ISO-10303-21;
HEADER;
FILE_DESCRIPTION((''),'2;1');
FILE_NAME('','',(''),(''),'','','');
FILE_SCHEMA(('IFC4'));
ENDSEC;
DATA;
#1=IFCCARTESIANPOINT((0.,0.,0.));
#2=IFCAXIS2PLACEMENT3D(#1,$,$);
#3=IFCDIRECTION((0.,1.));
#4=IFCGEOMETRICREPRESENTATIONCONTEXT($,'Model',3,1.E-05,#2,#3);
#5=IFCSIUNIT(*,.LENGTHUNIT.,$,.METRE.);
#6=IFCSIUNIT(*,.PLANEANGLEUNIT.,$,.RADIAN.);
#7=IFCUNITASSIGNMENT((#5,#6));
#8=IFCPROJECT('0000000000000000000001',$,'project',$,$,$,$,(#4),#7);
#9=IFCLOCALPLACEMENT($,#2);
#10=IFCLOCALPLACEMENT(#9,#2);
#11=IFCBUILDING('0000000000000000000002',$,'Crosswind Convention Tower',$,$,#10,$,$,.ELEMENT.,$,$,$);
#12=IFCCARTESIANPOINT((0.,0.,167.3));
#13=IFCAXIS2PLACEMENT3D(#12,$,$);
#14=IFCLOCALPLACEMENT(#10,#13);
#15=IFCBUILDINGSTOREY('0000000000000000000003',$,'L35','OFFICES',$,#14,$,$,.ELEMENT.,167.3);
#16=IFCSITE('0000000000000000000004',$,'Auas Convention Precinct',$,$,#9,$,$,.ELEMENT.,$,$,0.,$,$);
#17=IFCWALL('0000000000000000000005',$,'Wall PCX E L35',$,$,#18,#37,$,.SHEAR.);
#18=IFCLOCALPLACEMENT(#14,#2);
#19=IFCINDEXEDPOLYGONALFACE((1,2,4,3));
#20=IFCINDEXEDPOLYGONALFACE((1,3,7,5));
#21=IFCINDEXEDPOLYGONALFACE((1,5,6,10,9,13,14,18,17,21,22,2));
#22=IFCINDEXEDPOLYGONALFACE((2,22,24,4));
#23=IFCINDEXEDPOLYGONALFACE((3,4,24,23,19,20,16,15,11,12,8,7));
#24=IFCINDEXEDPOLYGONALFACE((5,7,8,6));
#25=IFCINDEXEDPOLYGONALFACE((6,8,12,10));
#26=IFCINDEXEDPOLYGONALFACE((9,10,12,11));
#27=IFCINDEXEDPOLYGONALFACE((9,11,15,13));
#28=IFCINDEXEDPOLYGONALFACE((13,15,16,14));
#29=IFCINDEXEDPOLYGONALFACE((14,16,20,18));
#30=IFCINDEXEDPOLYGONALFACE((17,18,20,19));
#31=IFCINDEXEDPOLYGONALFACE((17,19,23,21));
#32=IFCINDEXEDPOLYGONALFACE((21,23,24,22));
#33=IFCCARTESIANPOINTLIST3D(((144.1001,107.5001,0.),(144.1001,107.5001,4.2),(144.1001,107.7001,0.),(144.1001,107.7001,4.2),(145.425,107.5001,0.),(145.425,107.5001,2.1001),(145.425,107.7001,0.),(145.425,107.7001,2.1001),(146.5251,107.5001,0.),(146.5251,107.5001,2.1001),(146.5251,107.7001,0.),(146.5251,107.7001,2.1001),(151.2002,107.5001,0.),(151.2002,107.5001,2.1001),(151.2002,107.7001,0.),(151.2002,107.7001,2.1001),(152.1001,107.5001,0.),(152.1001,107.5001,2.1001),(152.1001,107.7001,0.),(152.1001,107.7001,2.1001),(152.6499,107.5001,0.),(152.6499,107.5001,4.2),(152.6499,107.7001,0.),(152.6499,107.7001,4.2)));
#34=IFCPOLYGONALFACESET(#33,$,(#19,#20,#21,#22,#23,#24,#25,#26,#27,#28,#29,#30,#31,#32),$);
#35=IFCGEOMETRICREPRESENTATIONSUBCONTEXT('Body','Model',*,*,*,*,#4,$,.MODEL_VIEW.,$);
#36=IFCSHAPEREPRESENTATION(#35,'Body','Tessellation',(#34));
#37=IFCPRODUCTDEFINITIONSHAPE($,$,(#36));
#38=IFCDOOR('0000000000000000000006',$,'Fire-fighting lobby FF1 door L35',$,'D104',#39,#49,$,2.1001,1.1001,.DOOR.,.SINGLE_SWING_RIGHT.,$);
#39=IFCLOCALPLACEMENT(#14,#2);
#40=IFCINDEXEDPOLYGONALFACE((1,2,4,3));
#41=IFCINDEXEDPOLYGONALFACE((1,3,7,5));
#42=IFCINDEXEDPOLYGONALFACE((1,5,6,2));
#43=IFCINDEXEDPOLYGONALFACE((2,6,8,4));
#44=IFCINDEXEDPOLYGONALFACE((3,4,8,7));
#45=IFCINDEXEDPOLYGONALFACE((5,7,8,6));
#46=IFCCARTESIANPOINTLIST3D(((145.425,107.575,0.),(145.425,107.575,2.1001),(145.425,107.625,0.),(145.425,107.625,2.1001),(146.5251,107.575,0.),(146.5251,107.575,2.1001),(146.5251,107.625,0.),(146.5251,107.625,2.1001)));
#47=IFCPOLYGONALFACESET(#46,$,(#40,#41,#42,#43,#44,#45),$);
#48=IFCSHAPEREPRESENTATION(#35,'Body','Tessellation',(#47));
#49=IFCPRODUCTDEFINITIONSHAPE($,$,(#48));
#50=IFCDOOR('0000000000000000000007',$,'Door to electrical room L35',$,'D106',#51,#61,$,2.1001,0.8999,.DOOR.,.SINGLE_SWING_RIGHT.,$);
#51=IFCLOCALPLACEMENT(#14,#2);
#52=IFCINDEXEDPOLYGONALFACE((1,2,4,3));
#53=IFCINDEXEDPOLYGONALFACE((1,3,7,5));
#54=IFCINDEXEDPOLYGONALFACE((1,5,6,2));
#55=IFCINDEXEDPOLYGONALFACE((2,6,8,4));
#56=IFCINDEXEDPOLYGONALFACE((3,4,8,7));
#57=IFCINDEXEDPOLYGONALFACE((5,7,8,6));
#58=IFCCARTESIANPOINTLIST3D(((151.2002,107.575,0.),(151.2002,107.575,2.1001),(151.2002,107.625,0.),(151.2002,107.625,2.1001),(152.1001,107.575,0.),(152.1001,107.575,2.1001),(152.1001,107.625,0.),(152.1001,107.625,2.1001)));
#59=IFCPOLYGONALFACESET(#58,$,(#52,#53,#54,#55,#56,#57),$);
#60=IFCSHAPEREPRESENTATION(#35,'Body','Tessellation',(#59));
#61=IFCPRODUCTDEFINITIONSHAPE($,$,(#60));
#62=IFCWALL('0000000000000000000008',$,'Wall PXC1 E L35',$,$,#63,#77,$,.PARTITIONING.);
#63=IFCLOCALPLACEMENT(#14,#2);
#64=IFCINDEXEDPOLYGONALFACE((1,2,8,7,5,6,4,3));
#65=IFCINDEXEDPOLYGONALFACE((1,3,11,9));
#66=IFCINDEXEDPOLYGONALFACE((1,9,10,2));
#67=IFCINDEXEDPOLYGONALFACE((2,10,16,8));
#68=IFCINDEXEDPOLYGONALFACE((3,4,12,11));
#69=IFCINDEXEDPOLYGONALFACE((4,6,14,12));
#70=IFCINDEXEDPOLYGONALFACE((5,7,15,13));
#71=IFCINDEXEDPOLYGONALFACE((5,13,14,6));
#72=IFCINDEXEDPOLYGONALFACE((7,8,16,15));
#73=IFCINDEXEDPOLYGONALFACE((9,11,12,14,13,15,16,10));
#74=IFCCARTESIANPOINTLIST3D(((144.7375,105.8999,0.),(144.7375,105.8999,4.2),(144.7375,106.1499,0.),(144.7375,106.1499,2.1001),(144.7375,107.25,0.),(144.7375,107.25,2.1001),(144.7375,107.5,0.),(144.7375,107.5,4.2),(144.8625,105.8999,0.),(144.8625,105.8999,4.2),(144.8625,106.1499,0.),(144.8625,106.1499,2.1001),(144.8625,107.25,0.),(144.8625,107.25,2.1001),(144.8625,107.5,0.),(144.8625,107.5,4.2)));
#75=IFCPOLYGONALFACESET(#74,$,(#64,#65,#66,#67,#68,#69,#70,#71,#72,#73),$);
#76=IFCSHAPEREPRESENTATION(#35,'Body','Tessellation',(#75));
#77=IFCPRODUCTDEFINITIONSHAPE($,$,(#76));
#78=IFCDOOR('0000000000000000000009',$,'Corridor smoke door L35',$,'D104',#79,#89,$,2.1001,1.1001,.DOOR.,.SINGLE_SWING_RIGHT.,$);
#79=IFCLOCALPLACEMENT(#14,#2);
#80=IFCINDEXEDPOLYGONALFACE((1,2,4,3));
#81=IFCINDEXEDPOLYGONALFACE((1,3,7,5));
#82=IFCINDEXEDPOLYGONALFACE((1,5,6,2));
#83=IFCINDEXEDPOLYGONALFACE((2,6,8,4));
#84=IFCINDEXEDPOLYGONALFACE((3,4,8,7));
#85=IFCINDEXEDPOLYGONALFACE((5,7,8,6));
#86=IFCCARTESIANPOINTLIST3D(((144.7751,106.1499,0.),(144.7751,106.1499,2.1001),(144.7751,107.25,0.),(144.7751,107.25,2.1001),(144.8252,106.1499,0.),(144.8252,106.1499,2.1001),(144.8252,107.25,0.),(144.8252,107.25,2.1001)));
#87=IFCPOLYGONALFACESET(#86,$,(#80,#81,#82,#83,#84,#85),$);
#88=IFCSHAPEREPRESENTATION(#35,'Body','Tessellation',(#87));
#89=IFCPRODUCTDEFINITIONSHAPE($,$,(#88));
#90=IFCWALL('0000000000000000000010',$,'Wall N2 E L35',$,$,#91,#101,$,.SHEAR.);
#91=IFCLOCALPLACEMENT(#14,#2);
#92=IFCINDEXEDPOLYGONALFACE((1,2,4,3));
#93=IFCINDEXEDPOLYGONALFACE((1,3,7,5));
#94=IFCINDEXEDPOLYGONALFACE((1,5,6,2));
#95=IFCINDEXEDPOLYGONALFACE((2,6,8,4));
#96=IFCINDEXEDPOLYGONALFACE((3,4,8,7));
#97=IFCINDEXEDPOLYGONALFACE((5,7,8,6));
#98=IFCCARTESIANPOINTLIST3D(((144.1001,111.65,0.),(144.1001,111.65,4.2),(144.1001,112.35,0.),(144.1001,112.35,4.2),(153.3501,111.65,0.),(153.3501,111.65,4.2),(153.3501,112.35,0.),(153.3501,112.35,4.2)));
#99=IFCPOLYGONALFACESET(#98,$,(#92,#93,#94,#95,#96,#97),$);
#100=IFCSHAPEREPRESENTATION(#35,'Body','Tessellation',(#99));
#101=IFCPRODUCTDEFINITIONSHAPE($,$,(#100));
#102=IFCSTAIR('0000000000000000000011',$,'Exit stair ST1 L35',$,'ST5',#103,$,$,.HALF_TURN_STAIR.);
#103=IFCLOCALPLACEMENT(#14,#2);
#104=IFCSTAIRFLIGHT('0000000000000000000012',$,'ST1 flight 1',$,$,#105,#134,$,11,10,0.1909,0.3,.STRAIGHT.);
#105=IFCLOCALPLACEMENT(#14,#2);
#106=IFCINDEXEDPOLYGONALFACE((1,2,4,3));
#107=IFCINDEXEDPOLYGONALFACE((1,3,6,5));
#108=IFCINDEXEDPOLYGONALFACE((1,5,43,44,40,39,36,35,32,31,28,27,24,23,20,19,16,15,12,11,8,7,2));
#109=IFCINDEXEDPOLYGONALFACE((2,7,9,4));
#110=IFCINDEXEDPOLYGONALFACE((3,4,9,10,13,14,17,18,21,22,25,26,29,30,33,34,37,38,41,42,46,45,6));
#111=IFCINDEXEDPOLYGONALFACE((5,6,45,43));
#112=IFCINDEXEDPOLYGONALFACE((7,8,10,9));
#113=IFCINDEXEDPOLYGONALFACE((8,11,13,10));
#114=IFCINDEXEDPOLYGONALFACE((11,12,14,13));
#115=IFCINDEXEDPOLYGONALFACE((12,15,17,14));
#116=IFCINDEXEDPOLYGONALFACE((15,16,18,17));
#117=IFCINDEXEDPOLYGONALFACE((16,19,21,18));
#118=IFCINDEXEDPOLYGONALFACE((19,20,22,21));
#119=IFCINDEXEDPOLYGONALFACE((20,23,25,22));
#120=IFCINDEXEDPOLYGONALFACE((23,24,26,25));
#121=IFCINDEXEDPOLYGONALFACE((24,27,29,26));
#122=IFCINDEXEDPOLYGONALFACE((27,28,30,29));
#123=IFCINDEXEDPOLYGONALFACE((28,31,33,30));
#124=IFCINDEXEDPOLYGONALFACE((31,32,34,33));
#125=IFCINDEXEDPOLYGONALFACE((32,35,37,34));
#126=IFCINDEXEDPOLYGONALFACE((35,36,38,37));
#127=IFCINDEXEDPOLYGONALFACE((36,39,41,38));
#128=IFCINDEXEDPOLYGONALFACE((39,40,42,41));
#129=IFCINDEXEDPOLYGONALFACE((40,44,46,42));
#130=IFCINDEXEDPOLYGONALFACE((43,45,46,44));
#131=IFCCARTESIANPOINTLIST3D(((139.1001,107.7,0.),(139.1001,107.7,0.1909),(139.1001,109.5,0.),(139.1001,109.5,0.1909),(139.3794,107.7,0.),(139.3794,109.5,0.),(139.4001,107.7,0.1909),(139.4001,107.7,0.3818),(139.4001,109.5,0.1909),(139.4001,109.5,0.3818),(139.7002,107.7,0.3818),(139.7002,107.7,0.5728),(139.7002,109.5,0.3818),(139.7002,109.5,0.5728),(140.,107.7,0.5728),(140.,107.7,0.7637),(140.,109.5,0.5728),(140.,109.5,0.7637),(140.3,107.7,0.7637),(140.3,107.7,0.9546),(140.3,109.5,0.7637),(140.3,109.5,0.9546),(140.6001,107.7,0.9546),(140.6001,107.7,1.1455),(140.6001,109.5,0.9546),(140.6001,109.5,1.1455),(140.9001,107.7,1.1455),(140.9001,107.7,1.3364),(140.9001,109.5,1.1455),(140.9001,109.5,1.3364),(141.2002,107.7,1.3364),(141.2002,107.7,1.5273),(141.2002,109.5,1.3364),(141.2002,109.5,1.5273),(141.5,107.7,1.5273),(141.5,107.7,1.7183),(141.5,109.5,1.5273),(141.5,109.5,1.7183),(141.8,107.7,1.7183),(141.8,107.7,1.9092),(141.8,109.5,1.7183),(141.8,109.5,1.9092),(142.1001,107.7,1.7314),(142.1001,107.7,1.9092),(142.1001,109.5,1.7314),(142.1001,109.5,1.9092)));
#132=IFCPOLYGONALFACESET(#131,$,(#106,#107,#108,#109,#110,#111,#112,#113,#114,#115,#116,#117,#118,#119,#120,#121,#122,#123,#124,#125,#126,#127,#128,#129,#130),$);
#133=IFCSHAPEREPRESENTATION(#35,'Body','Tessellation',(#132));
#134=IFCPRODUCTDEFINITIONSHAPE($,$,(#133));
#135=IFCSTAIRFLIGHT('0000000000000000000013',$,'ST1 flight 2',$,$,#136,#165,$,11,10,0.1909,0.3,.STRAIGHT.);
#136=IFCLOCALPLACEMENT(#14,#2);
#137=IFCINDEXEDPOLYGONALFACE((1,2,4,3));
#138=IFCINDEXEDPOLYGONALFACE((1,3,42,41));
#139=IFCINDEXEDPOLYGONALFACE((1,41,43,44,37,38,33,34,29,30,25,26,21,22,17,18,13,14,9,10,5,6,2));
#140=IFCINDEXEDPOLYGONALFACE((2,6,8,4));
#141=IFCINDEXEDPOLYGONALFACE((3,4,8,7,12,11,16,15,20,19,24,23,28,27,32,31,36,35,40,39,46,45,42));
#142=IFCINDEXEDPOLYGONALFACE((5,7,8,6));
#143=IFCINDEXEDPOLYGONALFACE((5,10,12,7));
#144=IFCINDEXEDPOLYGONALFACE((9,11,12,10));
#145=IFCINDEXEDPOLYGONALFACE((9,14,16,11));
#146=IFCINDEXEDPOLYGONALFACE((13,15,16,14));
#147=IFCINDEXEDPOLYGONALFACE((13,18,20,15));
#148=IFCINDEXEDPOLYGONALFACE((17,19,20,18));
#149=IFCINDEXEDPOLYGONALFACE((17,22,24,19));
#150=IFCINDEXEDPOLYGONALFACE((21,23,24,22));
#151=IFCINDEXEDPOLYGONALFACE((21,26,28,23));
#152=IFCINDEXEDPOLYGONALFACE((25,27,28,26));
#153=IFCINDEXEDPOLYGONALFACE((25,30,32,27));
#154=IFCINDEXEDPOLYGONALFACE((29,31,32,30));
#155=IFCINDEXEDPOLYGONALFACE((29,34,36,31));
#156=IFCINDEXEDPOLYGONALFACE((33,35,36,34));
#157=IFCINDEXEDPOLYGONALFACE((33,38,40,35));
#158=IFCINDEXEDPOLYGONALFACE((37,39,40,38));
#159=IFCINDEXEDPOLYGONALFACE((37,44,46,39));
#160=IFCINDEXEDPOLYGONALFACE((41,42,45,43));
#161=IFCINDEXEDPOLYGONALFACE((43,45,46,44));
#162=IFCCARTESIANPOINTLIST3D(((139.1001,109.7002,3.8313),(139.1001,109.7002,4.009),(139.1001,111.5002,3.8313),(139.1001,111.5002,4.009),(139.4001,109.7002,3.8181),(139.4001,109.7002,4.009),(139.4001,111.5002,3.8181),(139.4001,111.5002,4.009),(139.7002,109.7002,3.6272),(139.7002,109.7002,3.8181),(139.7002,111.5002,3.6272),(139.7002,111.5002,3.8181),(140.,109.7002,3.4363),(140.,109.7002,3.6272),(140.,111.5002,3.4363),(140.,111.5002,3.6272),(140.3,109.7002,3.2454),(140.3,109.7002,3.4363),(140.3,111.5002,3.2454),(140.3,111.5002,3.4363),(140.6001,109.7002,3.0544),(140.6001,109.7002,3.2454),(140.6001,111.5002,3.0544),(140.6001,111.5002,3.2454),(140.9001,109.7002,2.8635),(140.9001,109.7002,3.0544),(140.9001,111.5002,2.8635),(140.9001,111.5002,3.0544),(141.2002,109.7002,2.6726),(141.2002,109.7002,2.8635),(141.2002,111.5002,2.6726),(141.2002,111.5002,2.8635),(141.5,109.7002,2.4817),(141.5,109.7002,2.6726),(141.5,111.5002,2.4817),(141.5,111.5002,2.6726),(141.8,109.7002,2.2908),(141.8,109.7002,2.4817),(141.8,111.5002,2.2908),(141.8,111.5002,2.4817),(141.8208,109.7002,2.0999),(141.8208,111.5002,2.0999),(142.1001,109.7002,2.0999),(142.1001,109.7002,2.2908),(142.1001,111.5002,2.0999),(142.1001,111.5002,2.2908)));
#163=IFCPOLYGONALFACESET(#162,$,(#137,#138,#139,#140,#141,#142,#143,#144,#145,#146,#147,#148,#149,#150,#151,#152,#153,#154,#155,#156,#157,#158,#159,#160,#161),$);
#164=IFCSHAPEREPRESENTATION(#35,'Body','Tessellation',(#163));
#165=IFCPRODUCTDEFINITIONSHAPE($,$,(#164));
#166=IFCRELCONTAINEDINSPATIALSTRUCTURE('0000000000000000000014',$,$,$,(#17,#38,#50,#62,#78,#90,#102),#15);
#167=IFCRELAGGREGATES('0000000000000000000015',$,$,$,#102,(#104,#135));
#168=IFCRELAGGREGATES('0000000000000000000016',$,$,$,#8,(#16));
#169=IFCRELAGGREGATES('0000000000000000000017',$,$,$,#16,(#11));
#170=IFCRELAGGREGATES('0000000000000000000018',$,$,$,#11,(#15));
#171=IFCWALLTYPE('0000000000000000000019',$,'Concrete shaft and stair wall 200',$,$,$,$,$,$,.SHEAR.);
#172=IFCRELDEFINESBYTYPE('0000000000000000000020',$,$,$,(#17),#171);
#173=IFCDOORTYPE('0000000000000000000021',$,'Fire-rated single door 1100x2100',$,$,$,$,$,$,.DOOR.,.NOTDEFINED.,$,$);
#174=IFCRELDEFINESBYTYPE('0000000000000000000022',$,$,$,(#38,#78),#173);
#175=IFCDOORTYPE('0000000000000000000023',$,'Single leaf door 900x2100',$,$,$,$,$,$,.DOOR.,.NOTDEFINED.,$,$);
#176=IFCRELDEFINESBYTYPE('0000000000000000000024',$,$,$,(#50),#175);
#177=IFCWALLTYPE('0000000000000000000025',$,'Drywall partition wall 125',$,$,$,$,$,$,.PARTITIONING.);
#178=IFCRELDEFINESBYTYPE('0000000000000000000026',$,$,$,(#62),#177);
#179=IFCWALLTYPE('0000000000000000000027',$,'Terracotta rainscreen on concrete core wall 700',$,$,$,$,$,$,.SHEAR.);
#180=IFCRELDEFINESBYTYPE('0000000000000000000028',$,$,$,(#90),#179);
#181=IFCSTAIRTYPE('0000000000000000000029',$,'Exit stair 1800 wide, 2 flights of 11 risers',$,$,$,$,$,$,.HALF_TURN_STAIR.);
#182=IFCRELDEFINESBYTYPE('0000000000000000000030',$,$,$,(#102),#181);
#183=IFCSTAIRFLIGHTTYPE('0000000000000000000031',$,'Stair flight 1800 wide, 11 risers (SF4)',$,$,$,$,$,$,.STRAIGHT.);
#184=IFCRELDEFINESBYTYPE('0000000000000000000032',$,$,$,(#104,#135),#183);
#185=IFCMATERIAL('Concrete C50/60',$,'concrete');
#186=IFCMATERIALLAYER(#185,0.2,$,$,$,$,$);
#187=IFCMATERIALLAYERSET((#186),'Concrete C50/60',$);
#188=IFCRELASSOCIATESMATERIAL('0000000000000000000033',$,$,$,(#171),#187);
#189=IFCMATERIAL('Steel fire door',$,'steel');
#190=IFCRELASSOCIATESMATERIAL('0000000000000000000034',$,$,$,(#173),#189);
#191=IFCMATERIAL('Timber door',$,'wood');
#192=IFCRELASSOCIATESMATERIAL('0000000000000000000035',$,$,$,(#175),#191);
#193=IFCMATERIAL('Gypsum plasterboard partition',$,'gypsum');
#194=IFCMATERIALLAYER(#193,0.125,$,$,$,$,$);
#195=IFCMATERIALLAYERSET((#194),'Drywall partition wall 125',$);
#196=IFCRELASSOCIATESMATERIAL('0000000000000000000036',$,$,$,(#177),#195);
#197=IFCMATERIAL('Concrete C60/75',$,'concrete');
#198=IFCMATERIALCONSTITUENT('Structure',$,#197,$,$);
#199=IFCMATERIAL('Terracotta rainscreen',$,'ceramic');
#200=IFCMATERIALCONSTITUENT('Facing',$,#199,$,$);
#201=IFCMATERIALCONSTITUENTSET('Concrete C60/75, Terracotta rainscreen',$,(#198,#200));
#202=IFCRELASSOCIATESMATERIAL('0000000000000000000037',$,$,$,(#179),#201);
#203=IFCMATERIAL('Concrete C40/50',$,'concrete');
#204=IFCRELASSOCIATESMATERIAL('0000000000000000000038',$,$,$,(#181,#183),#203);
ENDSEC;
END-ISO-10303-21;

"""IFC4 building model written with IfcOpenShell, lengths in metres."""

from ifc_helpers import new_model, si_unit, direction, frame, frame_2d, origin, place, context, subcontext, project, spatial, polyline, rectangle, outline, extrude, material, layer, layer_set, constituent, constituent_set, type_object, element, fill, aggregate, save


model = new_model("IFC4")

# Units and contexts
model_context = context("Model", 3, precision=1e-05, world=origin(), true_north=direction((0.0, 1.0)))
body_context = subcontext(model_context, "Body", "Model", "MODEL_VIEW")
ifc_project = project(units=[si_unit("LENGTHUNIT", "METRE"), si_unit("PLANEANGLEUNIT", "RADIAN")], contexts=[model_context])

# Site, building, storey
site_placement = place(None, origin())
site = spatial("IfcSite", under=ifc_project, at=site_placement, Name="Auas Convention Precinct", CompositionType="ELEMENT", RefElevation=0.0)
building_placement = place(site_placement, origin())
building = spatial("IfcBuilding", under=site, at=building_placement, Name="Crosswind Convention Tower", CompositionType="ELEMENT")
storey_placement = place(building_placement, frame((0.0, 0.0, 167.3)))
storey = spatial("IfcBuildingStorey", under=building, at=storey_placement, Name="L35", Description="OFFICES", CompositionType="ELEMENT", Elevation=167.3)

# Shared definitions
ifc_material_1 = material(Name="Concrete C60/75", Category="concrete")

# Shared definitions
ifc_material_2 = material(Name="Concrete C50/60", Category="concrete")
ifc_layer_1 = layer(ifc_material_2, 0.2)
ifc_layer_set_1 = layer_set([ifc_layer_1], Name="Concrete C50/60")
wall_type_1 = type_object("IfcWallType", Name="Concrete shaft and stair wall 200", PredefinedType="SHEAR", material=ifc_layer_set_1)

# Wall, openings, doors
wall_1_placement = place(storey_placement, frame((144.1001, 107.6001, 0.0), z_axis=(0.0, 0.0, 1.0), x_axis=(1.0, 0.0, 0.0)))
wall_1 = element("IfcWall", 1, at=wall_1_placement, inside=storey, type_object=wall_type_1, Name="Wall PCX E L35", PredefinedType="SHEAR", context=body_context, shape_type="SweptSolid", body=[
    extrude(rectangle(XDim=8.5498, YDim=0.2, at=frame_2d((4.2749, 0.0))), origin(), (0.0, 0.0, 1.0), 4.2),
])
opening_1_placement = place(wall_1_placement, frame((1.325, 0.0, 0.0)))
opening_1 = element("IfcOpeningElement", 2, at=opening_1_placement, cuts=wall_1, PredefinedType="OPENING", context=body_context, shape_type="SweptSolid", body=[
    extrude(rectangle(XDim=1.1001, YDim=2.1001, at=frame_2d((0.55, 1.05))), frame((0.0, 0.1099, 0.0), z_axis=(0.0, -1.0, 0.0), x_axis=(1.0, 0.0, 0.0)), (0.0, 0.0, 1.0), 0.22),
])
opening_2_placement = place(wall_1_placement, frame((7.1001, 0.0, 0.0)))
opening_2 = element("IfcOpeningElement", 3, at=opening_2_placement, cuts=wall_1, PredefinedType="OPENING", context=body_context, shape_type="SweptSolid", body=[
    extrude(rectangle(XDim=0.8999, YDim=2.1001, at=frame_2d((0.45, 1.05))), frame((0.0, 0.1099, 0.0), z_axis=(0.0, -1.0, 0.0), x_axis=(1.0, 0.0, 0.0)), (0.0, 0.0, 1.0), 0.22),
])
ifc_material_3 = material(Name="Steel fire door", Category="steel")
door_type_1 = type_object("IfcDoorType", Name="Fire-rated single door 1100x2100", OperationType="NOTDEFINED", PredefinedType="DOOR", material=ifc_material_3)
door_1_placement = place(opening_1_placement, origin())
door_1 = element("IfcDoor", 4, at=door_1_placement, inside=storey, type_object=door_type_1, Name="Fire-fighting lobby FF1 door L35", ObjectType="D104", OperationType="SINGLE_SWING_RIGHT", OverallHeight=2.1001, OverallWidth=1.1001, PredefinedType="DOOR", context=body_context, shape_type="SweptSolid", body=[
    extrude(rectangle(XDim=1.1001, YDim=2.1001, at=frame_2d((0.55, 1.05))), frame((0.0, 0.0249, 0.0), z_axis=(0.0, -1.0, 0.0), x_axis=(1.0, 0.0, 0.0)), (0.0, 0.0, 1.0), 0.05),
])
fill(opening_1, door_1)
ifc_material_4 = material(Name="Timber door", Category="wood")
door_type_2 = type_object("IfcDoorType", Name="Single leaf door 900x2100", OperationType="NOTDEFINED", PredefinedType="DOOR", material=ifc_material_4)
door_2_placement = place(opening_2_placement, origin())
door_2 = element("IfcDoor", 5, at=door_2_placement, inside=storey, type_object=door_type_2, Name="Door to electrical room L35", ObjectType="D106", OperationType="SINGLE_SWING_RIGHT", OverallHeight=2.1001, OverallWidth=0.8999, PredefinedType="DOOR", context=body_context, shape_type="SweptSolid", body=[
    extrude(rectangle(XDim=0.8999, YDim=2.1001, at=frame_2d((0.45, 1.05))), frame((0.0, 0.0249, 0.0), z_axis=(0.0, -1.0, 0.0), x_axis=(1.0, 0.0, 0.0)), (0.0, 0.0, 1.0), 0.05),
])
fill(opening_2, door_2)

# Wall, opening, door
ifc_material_5 = material(Name="Gypsum plasterboard partition", Category="gypsum")
ifc_layer_2 = layer(ifc_material_5, 0.125)
ifc_layer_set_2 = layer_set([ifc_layer_2], Name="Drywall partition wall 125")
wall_type_2 = type_object("IfcWallType", Name="Drywall partition wall 125", PredefinedType="PARTITIONING", material=ifc_layer_set_2)
wall_2_placement = place(storey_placement, frame((144.8, 105.8999, 0.0), z_axis=(0.0, 0.0, 1.0), x_axis=(0.0, 1.0, 0.0)))
wall_2 = element("IfcWall", 6, at=wall_2_placement, inside=storey, type_object=wall_type_2, Name="Wall PXC1 E L35", PredefinedType="PARTITIONING", context=body_context, shape_type="SweptSolid", body=[
    extrude(rectangle(XDim=1.6001, YDim=0.125, at=frame_2d((0.8, 0.0))), origin(), (0.0, 0.0, 1.0), 4.2),
])
opening_3_placement = place(wall_2_placement, frame((0.25, 0.0, 0.0)))
opening_3 = element("IfcOpeningElement", 7, at=opening_3_placement, cuts=wall_2, PredefinedType="OPENING", context=body_context, shape_type="SweptSolid", body=[
    extrude(rectangle(XDim=1.1001, YDim=2.1001, at=frame_2d((0.55, 1.05))), frame((0.0, 0.0725, 0.0), z_axis=(0.0, -1.0, 0.0), x_axis=(1.0, 0.0, 0.0)), (0.0, 0.0, 1.0), 0.145),
])
door_3_placement = place(opening_3_placement, origin())
door_3 = element("IfcDoor", 8, at=door_3_placement, inside=storey, type_object=door_type_1, Name="Corridor smoke door L35", ObjectType="D104", OperationType="SINGLE_SWING_RIGHT", OverallHeight=2.1001, OverallWidth=1.1001, PredefinedType="DOOR", context=body_context, shape_type="SweptSolid", body=[
    extrude(rectangle(XDim=1.1001, YDim=2.1001, at=frame_2d((0.55, 1.05))), frame((0.0, 0.0249, 0.0), z_axis=(0.0, -1.0, 0.0), x_axis=(1.0, 0.0, 0.0)), (0.0, 0.0, 1.0), 0.05),
])
fill(opening_3, door_3)

# Wall
ifc_constituent_1 = constituent(ifc_material_1, Name="Structure")
ifc_material_6 = material(Name="Terracotta rainscreen", Category="ceramic")
ifc_constituent_2 = constituent(ifc_material_6, Name="Facing")
ifc_constituent_set = constituent_set(constituents=[ifc_constituent_1, ifc_constituent_2], Name="Concrete C60/75, Terracotta rainscreen")
wall_type_3 = type_object("IfcWallType", Name="Terracotta rainscreen on concrete core wall 700", PredefinedType="SHEAR", material=ifc_constituent_set)
wall_3_placement = place(storey_placement, frame((144.1001, 112.0, 0.0), z_axis=(0.0, 0.0, 1.0), x_axis=(1.0, 0.0, 0.0)))
element("IfcWall", 9, at=wall_3_placement, inside=storey, type_object=wall_type_3, Name="Wall N2 E L35", PredefinedType="SHEAR", context=body_context, shape_type="SweptSolid", body=[
    extrude(rectangle(XDim=9.25, YDim=0.7, at=frame_2d((4.625, 0.0))), origin(), (0.0, 0.0, 1.0), 4.2),
])

# Stair, stair flights
ifc_material_7 = material(Name="Concrete C40/50", Category="concrete")
stair_type = type_object("IfcStairType", Name="Exit stair 1800 wide, 2 flights of 11 risers", PredefinedType="HALF_TURN_STAIR", material=ifc_material_7)
stair_placement = place(storey_placement, origin())
stair = element("IfcStair", 10, at=stair_placement, inside=storey, type_object=stair_type, Name="Exit stair ST1 L35", ObjectType="ST5", PredefinedType="HALF_TURN_STAIR")
stair_flight_type = type_object("IfcStairFlightType", Name="Stair flight 1800 wide, 11 risers (SF4)", PredefinedType="STRAIGHT", material=ifc_material_7)
stair_flight_1_placement = place(storey_placement, frame((139.1001, 108.6001, 0.0), z_axis=(0.0, 0.0, 1.0), x_axis=(1.0, 0.0, 0.0)))
stair_flight_1 = element("IfcStairFlight", 11, at=stair_flight_1_placement, type_object=stair_flight_type, Name="ST1 flight 1", NumberOfRisers=11, NumberOfTreads=10, PredefinedType="STRAIGHT", RiserHeight=0.1909, TreadLength=0.3, context=body_context, shape_type="SweptSolid", body=[
    extrude(outline(polyline([(0.0, 0.0), (0.0, 0.1909), (0.3, 0.1909), (0.3, 0.3818), (0.6001, 0.3818), (0.6001, 0.5728), (0.8999, 0.5728), (0.8999, 0.7637), (1.2, 0.7637), (1.2, 0.9546), (1.5, 0.9546), (1.5, 1.1455), (1.8, 1.1455), (1.8, 1.3364), (2.1001, 1.3364), (2.1001, 1.5273), (2.3999, 1.5273), (2.3999, 1.7183), (2.7, 1.7183), (2.7, 1.9092), (3.0, 1.9092), (3.0, 2.1001), (3.0, 1.7314), (0.2793, 0.0), (0.0, 0.0)])), frame((0.0, 0.8999, 0.0), z_axis=(0.0, -1.0, 0.0), x_axis=(1.0, 0.0, 0.0)), (0.0, 0.0, 1.0), 1.8),
])
stair_flight_2_placement = place(storey_placement, frame((142.1001, 110.6001, 2.0999), z_axis=(0.0, 0.0, 1.0), x_axis=(-1.0, 0.0, 0.0)))
stair_flight_2 = element("IfcStairFlight", 12, at=stair_flight_2_placement, type_object=stair_flight_type, Name="ST1 flight 2", NumberOfRisers=11, NumberOfTreads=10, PredefinedType="STRAIGHT", RiserHeight=0.1909, TreadLength=0.3, context=body_context, shape_type="SweptSolid", body=[
    extrude(outline(polyline([(0.0, 0.0), (0.0, 0.1909), (0.3, 0.1909), (0.3, 0.3818), (0.6001, 0.3818), (0.6001, 0.5728), (0.8999, 0.5728), (0.8999, 0.7637), (1.2, 0.7637), (1.2, 0.9546), (1.5, 0.9546), (1.5, 1.1455), (1.8, 1.1455), (1.8, 1.3364), (2.1001, 1.3364), (2.1001, 1.5273), (2.3999, 1.5273), (2.3999, 1.7183), (2.7, 1.7183), (2.7, 1.9092), (3.0, 1.9092), (3.0, 2.1001), (3.0, 1.7314), (0.2793, 0.0), (0.0, 0.0)])), frame((0.0, 0.8999, 0.0), z_axis=(0.0, -1.0, 0.0), x_axis=(1.0, 0.0, 0.0)), (0.0, 0.0, 1.0), 1.8),
])
aggregate(stair, [stair_flight_1, stair_flight_2])

save(model, "model.ifc")
